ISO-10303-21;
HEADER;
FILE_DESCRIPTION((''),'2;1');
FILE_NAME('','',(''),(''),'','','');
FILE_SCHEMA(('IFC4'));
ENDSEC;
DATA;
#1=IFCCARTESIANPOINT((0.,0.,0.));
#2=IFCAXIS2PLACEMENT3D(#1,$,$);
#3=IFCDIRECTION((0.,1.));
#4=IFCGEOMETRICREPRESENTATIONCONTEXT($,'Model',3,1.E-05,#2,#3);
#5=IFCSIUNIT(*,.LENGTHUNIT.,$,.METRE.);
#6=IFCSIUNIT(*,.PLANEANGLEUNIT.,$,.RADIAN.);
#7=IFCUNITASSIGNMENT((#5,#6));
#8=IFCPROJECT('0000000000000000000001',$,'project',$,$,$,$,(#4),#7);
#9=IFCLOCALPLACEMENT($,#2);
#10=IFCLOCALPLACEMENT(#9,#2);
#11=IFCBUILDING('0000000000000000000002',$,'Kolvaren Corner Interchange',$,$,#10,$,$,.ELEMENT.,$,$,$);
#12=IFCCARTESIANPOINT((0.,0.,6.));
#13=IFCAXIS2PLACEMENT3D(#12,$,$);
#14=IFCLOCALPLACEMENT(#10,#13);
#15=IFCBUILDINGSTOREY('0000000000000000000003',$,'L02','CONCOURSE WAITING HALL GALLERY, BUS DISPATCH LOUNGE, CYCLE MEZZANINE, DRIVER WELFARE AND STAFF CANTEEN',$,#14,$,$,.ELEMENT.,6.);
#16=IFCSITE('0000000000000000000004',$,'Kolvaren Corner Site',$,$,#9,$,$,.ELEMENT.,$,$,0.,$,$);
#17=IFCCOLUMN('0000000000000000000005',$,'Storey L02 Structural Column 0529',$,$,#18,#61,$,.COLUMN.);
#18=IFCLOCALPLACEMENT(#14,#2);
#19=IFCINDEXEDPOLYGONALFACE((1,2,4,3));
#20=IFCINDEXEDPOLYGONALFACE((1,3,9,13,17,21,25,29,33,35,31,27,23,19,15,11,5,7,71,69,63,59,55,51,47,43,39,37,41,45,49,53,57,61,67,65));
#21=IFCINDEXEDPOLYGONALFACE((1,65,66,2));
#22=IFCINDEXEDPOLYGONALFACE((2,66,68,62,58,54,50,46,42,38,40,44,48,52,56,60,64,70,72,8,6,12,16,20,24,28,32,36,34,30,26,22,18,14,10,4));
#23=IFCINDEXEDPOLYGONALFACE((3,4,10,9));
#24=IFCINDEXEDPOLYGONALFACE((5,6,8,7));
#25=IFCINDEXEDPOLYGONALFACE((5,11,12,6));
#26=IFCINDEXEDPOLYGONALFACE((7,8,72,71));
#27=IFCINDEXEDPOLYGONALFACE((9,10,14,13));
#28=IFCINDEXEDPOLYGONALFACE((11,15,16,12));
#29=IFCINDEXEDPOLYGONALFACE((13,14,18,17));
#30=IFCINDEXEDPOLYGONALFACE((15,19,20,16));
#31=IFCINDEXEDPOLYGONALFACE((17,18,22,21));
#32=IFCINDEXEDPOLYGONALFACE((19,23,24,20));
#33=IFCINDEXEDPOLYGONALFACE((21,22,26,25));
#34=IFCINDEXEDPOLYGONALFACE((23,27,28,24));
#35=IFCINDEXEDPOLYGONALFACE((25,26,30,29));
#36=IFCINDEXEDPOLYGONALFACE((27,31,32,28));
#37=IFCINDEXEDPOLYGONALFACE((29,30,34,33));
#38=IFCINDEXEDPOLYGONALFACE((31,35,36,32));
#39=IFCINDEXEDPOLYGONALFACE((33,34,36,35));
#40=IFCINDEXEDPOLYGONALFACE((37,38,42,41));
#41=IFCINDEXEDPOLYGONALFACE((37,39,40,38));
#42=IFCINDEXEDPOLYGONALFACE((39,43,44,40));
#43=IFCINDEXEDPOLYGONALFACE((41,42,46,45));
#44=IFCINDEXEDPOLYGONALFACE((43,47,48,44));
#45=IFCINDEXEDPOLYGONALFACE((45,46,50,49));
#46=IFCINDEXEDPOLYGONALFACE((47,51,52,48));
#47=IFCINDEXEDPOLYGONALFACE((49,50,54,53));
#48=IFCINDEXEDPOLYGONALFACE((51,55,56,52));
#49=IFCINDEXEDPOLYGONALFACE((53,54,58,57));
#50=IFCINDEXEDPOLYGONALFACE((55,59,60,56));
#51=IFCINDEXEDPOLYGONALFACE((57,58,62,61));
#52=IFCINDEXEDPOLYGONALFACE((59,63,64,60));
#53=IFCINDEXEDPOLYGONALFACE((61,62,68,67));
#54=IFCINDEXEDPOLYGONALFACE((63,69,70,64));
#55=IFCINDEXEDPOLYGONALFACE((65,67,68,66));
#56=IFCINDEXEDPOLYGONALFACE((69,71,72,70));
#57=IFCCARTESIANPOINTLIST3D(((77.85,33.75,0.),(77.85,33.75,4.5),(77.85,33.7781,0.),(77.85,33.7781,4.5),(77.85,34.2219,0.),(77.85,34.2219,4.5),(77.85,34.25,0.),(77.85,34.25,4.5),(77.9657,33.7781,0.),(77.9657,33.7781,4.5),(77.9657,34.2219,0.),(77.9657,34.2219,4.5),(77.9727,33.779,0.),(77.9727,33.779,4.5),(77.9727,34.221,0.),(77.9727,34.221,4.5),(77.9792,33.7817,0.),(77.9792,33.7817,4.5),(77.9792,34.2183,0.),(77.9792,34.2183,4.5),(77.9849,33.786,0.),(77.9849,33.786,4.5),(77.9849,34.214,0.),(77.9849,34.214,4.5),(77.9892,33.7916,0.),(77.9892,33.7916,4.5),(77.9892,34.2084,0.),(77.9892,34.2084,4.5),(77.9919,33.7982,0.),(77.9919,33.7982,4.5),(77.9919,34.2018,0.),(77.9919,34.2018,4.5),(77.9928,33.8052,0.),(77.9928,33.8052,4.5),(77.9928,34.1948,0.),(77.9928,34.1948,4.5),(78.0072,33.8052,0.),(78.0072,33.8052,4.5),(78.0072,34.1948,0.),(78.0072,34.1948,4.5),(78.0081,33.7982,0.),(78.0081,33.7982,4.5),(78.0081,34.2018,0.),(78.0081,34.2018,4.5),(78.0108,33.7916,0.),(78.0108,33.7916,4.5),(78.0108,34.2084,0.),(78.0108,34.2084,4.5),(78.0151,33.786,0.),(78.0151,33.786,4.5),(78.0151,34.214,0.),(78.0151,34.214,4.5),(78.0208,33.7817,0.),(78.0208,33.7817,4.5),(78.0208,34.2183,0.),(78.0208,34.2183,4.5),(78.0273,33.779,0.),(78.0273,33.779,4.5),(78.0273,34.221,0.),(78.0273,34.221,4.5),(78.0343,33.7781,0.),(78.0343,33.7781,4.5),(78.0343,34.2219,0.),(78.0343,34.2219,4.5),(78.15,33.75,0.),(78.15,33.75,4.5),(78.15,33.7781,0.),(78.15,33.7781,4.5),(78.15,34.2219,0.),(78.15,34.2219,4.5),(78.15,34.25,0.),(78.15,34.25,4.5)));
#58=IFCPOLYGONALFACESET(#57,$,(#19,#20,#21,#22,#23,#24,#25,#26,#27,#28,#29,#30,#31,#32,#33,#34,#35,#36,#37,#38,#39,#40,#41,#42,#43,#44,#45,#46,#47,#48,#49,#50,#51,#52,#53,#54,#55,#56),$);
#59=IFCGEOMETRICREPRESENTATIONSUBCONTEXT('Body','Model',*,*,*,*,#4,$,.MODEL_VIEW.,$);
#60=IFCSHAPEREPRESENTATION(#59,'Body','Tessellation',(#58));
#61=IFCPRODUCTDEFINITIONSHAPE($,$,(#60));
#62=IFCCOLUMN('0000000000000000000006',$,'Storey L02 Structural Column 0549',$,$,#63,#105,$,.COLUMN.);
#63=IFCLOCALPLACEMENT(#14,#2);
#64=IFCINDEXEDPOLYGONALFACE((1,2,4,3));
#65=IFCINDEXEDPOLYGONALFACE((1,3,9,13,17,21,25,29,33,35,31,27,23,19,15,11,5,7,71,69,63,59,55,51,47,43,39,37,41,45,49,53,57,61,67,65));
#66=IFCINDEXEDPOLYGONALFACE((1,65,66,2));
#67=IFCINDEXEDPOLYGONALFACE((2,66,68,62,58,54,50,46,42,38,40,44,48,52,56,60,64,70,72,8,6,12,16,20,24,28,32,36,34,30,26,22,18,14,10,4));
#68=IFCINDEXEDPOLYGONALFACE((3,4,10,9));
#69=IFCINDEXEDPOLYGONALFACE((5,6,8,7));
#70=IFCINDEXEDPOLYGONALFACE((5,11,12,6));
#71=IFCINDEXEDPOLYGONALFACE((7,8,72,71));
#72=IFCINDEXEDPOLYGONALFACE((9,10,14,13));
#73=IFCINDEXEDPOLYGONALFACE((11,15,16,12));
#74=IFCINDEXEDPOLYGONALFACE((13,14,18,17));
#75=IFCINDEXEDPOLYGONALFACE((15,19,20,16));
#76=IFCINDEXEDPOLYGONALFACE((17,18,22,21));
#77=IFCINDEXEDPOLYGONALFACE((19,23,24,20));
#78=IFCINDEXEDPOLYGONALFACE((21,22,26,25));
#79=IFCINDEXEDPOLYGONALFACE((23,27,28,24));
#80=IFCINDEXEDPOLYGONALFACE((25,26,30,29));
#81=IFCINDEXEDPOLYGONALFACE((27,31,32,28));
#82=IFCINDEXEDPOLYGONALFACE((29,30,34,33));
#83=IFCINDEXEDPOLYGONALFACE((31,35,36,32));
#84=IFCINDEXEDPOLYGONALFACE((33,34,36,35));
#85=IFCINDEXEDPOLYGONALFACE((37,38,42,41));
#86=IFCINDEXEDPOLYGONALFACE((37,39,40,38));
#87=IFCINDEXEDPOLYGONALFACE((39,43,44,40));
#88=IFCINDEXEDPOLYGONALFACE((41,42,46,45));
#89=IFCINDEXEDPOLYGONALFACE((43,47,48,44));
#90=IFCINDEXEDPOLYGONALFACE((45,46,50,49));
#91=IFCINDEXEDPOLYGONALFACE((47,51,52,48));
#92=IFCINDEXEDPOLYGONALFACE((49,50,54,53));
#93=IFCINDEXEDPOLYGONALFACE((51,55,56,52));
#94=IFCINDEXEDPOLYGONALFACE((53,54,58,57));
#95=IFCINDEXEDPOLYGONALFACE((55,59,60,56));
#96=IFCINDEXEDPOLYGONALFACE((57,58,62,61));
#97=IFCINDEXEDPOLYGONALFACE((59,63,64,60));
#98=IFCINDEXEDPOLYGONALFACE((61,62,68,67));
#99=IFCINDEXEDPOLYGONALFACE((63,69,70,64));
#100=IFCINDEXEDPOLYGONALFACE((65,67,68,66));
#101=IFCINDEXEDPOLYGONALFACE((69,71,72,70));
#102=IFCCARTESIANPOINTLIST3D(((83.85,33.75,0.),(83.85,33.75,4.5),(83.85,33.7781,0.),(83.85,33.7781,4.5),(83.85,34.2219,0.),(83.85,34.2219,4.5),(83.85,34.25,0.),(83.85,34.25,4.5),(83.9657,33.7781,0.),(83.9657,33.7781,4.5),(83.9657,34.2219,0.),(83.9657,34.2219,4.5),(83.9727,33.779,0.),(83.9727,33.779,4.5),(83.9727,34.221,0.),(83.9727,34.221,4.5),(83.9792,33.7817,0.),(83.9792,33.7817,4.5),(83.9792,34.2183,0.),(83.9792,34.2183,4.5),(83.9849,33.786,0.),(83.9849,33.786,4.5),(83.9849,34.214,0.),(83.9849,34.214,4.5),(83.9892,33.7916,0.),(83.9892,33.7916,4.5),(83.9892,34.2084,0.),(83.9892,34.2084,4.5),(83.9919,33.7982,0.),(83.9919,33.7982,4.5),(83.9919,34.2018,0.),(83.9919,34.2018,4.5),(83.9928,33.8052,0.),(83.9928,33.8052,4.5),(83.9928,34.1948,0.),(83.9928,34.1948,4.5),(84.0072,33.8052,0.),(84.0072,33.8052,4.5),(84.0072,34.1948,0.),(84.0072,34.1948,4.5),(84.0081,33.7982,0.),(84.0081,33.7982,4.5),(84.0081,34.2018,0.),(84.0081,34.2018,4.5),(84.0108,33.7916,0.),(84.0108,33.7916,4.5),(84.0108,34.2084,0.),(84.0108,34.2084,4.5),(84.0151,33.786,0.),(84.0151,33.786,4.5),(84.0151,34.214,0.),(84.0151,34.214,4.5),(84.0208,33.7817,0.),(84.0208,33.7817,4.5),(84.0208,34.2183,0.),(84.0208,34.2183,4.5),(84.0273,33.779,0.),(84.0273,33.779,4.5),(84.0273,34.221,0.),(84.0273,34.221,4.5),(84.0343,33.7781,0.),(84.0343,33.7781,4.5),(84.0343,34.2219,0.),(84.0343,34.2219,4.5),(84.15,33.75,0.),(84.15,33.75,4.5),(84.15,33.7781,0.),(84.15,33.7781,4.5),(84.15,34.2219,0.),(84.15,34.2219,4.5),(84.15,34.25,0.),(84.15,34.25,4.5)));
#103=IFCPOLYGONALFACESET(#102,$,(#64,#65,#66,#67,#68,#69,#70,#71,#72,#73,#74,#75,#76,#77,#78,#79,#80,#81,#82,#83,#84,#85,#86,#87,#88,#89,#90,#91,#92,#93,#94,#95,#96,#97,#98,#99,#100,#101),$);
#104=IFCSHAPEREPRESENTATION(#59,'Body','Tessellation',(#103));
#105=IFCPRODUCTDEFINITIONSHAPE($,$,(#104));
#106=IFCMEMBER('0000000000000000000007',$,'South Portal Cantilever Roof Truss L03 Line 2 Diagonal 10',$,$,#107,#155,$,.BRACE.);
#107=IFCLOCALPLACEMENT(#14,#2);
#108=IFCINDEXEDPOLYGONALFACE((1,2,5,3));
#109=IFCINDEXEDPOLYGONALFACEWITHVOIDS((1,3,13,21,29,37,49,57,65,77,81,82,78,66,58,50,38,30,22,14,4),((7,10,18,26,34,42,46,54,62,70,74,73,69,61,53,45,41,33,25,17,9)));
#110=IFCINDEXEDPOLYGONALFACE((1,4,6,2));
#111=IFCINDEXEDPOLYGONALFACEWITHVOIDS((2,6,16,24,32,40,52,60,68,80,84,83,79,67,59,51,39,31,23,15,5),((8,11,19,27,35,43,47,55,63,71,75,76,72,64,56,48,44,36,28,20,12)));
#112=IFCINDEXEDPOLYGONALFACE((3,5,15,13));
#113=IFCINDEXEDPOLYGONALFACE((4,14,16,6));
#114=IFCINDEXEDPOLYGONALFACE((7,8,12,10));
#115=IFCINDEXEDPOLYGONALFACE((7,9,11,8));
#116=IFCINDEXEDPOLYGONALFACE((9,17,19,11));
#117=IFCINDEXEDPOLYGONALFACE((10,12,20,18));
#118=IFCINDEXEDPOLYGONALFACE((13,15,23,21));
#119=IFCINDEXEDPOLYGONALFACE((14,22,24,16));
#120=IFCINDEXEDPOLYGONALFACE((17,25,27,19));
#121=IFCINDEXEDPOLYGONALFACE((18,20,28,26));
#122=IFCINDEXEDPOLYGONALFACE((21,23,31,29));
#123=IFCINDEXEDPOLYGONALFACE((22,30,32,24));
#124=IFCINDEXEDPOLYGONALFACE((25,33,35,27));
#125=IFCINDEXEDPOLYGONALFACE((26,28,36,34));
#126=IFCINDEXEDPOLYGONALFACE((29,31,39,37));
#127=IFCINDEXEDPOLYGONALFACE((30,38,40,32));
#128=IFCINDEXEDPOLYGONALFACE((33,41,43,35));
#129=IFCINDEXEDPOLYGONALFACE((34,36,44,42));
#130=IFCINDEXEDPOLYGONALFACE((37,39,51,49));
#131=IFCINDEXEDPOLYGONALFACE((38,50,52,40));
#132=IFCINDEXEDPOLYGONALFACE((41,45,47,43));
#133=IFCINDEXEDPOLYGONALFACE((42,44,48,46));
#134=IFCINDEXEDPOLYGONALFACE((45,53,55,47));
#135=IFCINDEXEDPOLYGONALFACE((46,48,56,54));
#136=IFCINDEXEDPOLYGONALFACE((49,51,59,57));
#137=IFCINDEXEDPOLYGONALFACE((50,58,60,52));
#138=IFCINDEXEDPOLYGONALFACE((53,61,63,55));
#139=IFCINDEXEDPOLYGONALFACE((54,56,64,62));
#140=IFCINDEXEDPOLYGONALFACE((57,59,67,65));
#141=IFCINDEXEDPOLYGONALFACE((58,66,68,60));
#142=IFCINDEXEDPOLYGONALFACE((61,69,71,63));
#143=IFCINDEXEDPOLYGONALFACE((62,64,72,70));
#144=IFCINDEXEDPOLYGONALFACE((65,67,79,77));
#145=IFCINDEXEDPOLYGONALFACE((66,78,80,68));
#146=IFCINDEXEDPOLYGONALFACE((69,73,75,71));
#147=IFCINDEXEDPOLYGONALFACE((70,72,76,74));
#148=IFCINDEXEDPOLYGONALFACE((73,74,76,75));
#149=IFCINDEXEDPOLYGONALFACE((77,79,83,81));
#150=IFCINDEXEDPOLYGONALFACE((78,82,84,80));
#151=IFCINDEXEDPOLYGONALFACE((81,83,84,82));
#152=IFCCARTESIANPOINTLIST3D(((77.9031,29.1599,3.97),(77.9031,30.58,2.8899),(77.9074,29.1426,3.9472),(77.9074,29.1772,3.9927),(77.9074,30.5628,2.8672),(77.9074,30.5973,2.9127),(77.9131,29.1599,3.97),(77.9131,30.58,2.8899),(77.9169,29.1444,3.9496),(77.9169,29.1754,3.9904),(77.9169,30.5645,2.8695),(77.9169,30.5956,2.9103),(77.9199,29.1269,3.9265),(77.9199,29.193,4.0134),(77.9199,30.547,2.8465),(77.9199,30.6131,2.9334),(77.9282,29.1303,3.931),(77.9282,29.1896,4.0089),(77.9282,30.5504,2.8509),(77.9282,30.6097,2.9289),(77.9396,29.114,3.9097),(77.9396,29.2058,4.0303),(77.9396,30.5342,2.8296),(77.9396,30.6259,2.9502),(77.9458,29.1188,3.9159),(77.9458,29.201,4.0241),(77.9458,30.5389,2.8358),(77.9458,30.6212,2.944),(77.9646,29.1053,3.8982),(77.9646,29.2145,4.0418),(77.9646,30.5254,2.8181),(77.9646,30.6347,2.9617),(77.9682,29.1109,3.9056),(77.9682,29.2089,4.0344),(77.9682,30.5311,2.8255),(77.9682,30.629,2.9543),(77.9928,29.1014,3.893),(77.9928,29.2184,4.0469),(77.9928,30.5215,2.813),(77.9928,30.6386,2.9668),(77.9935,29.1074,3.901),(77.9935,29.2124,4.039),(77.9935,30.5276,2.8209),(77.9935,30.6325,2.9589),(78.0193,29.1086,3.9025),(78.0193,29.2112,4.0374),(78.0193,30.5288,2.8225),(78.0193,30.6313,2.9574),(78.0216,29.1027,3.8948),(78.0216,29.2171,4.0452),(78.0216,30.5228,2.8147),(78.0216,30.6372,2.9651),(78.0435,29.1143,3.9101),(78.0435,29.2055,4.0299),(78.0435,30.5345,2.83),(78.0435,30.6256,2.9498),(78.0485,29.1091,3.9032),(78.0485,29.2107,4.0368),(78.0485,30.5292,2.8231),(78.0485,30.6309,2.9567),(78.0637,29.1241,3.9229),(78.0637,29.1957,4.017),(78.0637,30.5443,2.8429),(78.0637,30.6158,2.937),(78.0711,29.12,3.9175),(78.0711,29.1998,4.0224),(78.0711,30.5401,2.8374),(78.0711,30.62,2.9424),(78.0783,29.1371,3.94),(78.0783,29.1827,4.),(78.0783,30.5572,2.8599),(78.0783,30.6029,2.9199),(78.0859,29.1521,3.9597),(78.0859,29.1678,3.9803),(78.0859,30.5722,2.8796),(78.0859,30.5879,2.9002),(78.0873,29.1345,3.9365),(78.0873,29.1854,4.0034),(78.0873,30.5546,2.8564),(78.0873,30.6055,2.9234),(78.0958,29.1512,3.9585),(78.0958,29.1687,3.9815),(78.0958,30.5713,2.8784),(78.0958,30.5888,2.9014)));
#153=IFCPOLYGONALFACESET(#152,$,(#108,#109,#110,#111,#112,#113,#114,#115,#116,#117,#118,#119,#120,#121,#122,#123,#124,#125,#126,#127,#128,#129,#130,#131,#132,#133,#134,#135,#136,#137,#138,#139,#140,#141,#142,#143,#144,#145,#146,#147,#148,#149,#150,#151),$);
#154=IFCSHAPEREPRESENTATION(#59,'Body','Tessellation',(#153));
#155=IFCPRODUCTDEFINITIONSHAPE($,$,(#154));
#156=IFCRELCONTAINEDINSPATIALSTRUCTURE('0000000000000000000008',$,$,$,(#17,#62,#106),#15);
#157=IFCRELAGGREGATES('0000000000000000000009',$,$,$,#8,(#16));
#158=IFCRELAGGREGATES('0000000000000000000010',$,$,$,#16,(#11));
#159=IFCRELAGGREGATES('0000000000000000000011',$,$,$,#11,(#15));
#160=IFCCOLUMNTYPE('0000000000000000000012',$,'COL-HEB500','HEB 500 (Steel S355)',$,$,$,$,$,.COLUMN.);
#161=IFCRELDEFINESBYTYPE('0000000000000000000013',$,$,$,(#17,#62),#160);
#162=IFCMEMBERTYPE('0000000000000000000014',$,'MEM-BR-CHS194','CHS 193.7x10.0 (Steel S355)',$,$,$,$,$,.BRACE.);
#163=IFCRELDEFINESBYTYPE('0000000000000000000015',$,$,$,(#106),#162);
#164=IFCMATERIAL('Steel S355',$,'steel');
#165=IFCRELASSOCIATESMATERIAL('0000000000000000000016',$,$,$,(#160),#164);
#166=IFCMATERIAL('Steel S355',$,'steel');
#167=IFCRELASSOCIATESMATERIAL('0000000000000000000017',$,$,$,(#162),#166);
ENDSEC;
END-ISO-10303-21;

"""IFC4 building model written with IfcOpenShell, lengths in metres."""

from ifc_helpers import new_model, si_unit, direction, frame, origin, origin_2d, place, context, subcontext, project, spatial, hollow_circle, i_section, extrude, material, material_profile, profile_set, type_object, element, save


model = new_model("IFC4")

# Units and contexts
model_context = context("Model", 3, precision=1e-05, world=origin(), true_north=direction((0.0, 1.0)))
body_context = subcontext(model_context, "Body", "Model", "MODEL_VIEW")
ifc_project = project(units=[si_unit("LENGTHUNIT", "METRE"), si_unit("PLANEANGLEUNIT", "RADIAN")], contexts=[model_context])

# Site, building, storey
site_placement = place(None, origin())
site = spatial("IfcSite", under=ifc_project, at=site_placement, Name="Kolvaren Corner Site", CompositionType="ELEMENT", RefElevation=0.0)
building_placement = place(site_placement, origin())
building = spatial("IfcBuilding", under=site, at=building_placement, Name="Kolvaren Corner Interchange", CompositionType="ELEMENT")
storey_placement = place(building_placement, frame((0.0, 0.0, 6.0)))
storey = spatial("IfcBuildingStorey", under=building, at=storey_placement, Name="L02", Description="CONCOURSE WAITING HALL GALLERY, BUS DISPATCH LOUNGE, CYCLE MEZZANINE, DRIVER WELFARE AND STAFF CANTEEN", CompositionType="ELEMENT", Elevation=6.0)

# Columns
ifc_material_1 = material(Name="Steel S355", Category="steel")
ifc_material_profile_1 = material_profile(ifc_material_1, i_section(OverallWidth=0.3, OverallDepth=0.5, WebThickness=0.0144, FlangeThickness=0.0281, FilletRadius=0.0271, at=origin_2d()), Name="HEB 500")
ifc_profile_set_1 = profile_set([ifc_material_profile_1], Name="Steel S355")
column_type = type_object("IfcColumnType", Name="COL-HEB500", Description="HEB 500 (Steel S355)", PredefinedType="COLUMN", material=ifc_profile_set_1)
for number, where, z_axis, x_axis, name in (
    (1, (78.0, 34.0, 0.0), (0.0, 0.0, 1.0), (1.0, 0.0, 0.0), "Storey L02 Structural Column 0529"),
    (2, (84.0, 34.0, 0.0), (0.0, 0.0, 1.0), (1.0, 0.0, 0.0), "Storey L02 Structural Column 0549"),
):
    element("IfcColumn", number, at=place(storey_placement, frame(where, z_axis=z_axis, x_axis=x_axis)), inside=storey, type_object=column_type, Name=name, PredefinedType="COLUMN", context=body_context, shape_type="SweptSolid", body=[
        extrude(i_section(OverallWidth=0.3, OverallDepth=0.5, WebThickness=0.0144, FlangeThickness=0.0281, FilletRadius=0.0271, at=origin_2d()), origin(), (0.0, 0.0, 1.0), 4.5),
    ])

# Member
ifc_material_2 = material(Name="Steel S355", Category="steel")
ifc_material_profile_2 = material_profile(ifc_material_2, hollow_circle(Radius=0.0969, WallThickness=0.01, at=origin_2d()), Name="CHS 193.7x10.0")
ifc_profile_set_2 = profile_set([ifc_material_profile_2], Name="Steel S355")
member_type_1 = type_object("IfcMemberType", Name="MEM-BR-CHS194", Description="CHS 193.7x10.0 (Steel S355)", PredefinedType="BRACE", material=ifc_profile_set_2)
member_1_placement = place(storey_placement, frame((78.0, 29.1599, 3.97), z_axis=(0.0, 0.795959, -0.60535), x_axis=(-1.0, 0.0, 0.0)))
element("IfcMember", 3, at=member_1_placement, inside=storey, type_object=member_type_1, Name="South Portal Cantilever Roof Truss L03 Line 2 Diagonal 10", PredefinedType="BRACE", context=body_context, shape_type="SweptSolid", body=[
    extrude(hollow_circle(Radius=0.0969, WallThickness=0.01, at=origin_2d()), origin(), (0.0, 0.0, 1.0), 1.7842),
])

save(model, "model.ifc")
